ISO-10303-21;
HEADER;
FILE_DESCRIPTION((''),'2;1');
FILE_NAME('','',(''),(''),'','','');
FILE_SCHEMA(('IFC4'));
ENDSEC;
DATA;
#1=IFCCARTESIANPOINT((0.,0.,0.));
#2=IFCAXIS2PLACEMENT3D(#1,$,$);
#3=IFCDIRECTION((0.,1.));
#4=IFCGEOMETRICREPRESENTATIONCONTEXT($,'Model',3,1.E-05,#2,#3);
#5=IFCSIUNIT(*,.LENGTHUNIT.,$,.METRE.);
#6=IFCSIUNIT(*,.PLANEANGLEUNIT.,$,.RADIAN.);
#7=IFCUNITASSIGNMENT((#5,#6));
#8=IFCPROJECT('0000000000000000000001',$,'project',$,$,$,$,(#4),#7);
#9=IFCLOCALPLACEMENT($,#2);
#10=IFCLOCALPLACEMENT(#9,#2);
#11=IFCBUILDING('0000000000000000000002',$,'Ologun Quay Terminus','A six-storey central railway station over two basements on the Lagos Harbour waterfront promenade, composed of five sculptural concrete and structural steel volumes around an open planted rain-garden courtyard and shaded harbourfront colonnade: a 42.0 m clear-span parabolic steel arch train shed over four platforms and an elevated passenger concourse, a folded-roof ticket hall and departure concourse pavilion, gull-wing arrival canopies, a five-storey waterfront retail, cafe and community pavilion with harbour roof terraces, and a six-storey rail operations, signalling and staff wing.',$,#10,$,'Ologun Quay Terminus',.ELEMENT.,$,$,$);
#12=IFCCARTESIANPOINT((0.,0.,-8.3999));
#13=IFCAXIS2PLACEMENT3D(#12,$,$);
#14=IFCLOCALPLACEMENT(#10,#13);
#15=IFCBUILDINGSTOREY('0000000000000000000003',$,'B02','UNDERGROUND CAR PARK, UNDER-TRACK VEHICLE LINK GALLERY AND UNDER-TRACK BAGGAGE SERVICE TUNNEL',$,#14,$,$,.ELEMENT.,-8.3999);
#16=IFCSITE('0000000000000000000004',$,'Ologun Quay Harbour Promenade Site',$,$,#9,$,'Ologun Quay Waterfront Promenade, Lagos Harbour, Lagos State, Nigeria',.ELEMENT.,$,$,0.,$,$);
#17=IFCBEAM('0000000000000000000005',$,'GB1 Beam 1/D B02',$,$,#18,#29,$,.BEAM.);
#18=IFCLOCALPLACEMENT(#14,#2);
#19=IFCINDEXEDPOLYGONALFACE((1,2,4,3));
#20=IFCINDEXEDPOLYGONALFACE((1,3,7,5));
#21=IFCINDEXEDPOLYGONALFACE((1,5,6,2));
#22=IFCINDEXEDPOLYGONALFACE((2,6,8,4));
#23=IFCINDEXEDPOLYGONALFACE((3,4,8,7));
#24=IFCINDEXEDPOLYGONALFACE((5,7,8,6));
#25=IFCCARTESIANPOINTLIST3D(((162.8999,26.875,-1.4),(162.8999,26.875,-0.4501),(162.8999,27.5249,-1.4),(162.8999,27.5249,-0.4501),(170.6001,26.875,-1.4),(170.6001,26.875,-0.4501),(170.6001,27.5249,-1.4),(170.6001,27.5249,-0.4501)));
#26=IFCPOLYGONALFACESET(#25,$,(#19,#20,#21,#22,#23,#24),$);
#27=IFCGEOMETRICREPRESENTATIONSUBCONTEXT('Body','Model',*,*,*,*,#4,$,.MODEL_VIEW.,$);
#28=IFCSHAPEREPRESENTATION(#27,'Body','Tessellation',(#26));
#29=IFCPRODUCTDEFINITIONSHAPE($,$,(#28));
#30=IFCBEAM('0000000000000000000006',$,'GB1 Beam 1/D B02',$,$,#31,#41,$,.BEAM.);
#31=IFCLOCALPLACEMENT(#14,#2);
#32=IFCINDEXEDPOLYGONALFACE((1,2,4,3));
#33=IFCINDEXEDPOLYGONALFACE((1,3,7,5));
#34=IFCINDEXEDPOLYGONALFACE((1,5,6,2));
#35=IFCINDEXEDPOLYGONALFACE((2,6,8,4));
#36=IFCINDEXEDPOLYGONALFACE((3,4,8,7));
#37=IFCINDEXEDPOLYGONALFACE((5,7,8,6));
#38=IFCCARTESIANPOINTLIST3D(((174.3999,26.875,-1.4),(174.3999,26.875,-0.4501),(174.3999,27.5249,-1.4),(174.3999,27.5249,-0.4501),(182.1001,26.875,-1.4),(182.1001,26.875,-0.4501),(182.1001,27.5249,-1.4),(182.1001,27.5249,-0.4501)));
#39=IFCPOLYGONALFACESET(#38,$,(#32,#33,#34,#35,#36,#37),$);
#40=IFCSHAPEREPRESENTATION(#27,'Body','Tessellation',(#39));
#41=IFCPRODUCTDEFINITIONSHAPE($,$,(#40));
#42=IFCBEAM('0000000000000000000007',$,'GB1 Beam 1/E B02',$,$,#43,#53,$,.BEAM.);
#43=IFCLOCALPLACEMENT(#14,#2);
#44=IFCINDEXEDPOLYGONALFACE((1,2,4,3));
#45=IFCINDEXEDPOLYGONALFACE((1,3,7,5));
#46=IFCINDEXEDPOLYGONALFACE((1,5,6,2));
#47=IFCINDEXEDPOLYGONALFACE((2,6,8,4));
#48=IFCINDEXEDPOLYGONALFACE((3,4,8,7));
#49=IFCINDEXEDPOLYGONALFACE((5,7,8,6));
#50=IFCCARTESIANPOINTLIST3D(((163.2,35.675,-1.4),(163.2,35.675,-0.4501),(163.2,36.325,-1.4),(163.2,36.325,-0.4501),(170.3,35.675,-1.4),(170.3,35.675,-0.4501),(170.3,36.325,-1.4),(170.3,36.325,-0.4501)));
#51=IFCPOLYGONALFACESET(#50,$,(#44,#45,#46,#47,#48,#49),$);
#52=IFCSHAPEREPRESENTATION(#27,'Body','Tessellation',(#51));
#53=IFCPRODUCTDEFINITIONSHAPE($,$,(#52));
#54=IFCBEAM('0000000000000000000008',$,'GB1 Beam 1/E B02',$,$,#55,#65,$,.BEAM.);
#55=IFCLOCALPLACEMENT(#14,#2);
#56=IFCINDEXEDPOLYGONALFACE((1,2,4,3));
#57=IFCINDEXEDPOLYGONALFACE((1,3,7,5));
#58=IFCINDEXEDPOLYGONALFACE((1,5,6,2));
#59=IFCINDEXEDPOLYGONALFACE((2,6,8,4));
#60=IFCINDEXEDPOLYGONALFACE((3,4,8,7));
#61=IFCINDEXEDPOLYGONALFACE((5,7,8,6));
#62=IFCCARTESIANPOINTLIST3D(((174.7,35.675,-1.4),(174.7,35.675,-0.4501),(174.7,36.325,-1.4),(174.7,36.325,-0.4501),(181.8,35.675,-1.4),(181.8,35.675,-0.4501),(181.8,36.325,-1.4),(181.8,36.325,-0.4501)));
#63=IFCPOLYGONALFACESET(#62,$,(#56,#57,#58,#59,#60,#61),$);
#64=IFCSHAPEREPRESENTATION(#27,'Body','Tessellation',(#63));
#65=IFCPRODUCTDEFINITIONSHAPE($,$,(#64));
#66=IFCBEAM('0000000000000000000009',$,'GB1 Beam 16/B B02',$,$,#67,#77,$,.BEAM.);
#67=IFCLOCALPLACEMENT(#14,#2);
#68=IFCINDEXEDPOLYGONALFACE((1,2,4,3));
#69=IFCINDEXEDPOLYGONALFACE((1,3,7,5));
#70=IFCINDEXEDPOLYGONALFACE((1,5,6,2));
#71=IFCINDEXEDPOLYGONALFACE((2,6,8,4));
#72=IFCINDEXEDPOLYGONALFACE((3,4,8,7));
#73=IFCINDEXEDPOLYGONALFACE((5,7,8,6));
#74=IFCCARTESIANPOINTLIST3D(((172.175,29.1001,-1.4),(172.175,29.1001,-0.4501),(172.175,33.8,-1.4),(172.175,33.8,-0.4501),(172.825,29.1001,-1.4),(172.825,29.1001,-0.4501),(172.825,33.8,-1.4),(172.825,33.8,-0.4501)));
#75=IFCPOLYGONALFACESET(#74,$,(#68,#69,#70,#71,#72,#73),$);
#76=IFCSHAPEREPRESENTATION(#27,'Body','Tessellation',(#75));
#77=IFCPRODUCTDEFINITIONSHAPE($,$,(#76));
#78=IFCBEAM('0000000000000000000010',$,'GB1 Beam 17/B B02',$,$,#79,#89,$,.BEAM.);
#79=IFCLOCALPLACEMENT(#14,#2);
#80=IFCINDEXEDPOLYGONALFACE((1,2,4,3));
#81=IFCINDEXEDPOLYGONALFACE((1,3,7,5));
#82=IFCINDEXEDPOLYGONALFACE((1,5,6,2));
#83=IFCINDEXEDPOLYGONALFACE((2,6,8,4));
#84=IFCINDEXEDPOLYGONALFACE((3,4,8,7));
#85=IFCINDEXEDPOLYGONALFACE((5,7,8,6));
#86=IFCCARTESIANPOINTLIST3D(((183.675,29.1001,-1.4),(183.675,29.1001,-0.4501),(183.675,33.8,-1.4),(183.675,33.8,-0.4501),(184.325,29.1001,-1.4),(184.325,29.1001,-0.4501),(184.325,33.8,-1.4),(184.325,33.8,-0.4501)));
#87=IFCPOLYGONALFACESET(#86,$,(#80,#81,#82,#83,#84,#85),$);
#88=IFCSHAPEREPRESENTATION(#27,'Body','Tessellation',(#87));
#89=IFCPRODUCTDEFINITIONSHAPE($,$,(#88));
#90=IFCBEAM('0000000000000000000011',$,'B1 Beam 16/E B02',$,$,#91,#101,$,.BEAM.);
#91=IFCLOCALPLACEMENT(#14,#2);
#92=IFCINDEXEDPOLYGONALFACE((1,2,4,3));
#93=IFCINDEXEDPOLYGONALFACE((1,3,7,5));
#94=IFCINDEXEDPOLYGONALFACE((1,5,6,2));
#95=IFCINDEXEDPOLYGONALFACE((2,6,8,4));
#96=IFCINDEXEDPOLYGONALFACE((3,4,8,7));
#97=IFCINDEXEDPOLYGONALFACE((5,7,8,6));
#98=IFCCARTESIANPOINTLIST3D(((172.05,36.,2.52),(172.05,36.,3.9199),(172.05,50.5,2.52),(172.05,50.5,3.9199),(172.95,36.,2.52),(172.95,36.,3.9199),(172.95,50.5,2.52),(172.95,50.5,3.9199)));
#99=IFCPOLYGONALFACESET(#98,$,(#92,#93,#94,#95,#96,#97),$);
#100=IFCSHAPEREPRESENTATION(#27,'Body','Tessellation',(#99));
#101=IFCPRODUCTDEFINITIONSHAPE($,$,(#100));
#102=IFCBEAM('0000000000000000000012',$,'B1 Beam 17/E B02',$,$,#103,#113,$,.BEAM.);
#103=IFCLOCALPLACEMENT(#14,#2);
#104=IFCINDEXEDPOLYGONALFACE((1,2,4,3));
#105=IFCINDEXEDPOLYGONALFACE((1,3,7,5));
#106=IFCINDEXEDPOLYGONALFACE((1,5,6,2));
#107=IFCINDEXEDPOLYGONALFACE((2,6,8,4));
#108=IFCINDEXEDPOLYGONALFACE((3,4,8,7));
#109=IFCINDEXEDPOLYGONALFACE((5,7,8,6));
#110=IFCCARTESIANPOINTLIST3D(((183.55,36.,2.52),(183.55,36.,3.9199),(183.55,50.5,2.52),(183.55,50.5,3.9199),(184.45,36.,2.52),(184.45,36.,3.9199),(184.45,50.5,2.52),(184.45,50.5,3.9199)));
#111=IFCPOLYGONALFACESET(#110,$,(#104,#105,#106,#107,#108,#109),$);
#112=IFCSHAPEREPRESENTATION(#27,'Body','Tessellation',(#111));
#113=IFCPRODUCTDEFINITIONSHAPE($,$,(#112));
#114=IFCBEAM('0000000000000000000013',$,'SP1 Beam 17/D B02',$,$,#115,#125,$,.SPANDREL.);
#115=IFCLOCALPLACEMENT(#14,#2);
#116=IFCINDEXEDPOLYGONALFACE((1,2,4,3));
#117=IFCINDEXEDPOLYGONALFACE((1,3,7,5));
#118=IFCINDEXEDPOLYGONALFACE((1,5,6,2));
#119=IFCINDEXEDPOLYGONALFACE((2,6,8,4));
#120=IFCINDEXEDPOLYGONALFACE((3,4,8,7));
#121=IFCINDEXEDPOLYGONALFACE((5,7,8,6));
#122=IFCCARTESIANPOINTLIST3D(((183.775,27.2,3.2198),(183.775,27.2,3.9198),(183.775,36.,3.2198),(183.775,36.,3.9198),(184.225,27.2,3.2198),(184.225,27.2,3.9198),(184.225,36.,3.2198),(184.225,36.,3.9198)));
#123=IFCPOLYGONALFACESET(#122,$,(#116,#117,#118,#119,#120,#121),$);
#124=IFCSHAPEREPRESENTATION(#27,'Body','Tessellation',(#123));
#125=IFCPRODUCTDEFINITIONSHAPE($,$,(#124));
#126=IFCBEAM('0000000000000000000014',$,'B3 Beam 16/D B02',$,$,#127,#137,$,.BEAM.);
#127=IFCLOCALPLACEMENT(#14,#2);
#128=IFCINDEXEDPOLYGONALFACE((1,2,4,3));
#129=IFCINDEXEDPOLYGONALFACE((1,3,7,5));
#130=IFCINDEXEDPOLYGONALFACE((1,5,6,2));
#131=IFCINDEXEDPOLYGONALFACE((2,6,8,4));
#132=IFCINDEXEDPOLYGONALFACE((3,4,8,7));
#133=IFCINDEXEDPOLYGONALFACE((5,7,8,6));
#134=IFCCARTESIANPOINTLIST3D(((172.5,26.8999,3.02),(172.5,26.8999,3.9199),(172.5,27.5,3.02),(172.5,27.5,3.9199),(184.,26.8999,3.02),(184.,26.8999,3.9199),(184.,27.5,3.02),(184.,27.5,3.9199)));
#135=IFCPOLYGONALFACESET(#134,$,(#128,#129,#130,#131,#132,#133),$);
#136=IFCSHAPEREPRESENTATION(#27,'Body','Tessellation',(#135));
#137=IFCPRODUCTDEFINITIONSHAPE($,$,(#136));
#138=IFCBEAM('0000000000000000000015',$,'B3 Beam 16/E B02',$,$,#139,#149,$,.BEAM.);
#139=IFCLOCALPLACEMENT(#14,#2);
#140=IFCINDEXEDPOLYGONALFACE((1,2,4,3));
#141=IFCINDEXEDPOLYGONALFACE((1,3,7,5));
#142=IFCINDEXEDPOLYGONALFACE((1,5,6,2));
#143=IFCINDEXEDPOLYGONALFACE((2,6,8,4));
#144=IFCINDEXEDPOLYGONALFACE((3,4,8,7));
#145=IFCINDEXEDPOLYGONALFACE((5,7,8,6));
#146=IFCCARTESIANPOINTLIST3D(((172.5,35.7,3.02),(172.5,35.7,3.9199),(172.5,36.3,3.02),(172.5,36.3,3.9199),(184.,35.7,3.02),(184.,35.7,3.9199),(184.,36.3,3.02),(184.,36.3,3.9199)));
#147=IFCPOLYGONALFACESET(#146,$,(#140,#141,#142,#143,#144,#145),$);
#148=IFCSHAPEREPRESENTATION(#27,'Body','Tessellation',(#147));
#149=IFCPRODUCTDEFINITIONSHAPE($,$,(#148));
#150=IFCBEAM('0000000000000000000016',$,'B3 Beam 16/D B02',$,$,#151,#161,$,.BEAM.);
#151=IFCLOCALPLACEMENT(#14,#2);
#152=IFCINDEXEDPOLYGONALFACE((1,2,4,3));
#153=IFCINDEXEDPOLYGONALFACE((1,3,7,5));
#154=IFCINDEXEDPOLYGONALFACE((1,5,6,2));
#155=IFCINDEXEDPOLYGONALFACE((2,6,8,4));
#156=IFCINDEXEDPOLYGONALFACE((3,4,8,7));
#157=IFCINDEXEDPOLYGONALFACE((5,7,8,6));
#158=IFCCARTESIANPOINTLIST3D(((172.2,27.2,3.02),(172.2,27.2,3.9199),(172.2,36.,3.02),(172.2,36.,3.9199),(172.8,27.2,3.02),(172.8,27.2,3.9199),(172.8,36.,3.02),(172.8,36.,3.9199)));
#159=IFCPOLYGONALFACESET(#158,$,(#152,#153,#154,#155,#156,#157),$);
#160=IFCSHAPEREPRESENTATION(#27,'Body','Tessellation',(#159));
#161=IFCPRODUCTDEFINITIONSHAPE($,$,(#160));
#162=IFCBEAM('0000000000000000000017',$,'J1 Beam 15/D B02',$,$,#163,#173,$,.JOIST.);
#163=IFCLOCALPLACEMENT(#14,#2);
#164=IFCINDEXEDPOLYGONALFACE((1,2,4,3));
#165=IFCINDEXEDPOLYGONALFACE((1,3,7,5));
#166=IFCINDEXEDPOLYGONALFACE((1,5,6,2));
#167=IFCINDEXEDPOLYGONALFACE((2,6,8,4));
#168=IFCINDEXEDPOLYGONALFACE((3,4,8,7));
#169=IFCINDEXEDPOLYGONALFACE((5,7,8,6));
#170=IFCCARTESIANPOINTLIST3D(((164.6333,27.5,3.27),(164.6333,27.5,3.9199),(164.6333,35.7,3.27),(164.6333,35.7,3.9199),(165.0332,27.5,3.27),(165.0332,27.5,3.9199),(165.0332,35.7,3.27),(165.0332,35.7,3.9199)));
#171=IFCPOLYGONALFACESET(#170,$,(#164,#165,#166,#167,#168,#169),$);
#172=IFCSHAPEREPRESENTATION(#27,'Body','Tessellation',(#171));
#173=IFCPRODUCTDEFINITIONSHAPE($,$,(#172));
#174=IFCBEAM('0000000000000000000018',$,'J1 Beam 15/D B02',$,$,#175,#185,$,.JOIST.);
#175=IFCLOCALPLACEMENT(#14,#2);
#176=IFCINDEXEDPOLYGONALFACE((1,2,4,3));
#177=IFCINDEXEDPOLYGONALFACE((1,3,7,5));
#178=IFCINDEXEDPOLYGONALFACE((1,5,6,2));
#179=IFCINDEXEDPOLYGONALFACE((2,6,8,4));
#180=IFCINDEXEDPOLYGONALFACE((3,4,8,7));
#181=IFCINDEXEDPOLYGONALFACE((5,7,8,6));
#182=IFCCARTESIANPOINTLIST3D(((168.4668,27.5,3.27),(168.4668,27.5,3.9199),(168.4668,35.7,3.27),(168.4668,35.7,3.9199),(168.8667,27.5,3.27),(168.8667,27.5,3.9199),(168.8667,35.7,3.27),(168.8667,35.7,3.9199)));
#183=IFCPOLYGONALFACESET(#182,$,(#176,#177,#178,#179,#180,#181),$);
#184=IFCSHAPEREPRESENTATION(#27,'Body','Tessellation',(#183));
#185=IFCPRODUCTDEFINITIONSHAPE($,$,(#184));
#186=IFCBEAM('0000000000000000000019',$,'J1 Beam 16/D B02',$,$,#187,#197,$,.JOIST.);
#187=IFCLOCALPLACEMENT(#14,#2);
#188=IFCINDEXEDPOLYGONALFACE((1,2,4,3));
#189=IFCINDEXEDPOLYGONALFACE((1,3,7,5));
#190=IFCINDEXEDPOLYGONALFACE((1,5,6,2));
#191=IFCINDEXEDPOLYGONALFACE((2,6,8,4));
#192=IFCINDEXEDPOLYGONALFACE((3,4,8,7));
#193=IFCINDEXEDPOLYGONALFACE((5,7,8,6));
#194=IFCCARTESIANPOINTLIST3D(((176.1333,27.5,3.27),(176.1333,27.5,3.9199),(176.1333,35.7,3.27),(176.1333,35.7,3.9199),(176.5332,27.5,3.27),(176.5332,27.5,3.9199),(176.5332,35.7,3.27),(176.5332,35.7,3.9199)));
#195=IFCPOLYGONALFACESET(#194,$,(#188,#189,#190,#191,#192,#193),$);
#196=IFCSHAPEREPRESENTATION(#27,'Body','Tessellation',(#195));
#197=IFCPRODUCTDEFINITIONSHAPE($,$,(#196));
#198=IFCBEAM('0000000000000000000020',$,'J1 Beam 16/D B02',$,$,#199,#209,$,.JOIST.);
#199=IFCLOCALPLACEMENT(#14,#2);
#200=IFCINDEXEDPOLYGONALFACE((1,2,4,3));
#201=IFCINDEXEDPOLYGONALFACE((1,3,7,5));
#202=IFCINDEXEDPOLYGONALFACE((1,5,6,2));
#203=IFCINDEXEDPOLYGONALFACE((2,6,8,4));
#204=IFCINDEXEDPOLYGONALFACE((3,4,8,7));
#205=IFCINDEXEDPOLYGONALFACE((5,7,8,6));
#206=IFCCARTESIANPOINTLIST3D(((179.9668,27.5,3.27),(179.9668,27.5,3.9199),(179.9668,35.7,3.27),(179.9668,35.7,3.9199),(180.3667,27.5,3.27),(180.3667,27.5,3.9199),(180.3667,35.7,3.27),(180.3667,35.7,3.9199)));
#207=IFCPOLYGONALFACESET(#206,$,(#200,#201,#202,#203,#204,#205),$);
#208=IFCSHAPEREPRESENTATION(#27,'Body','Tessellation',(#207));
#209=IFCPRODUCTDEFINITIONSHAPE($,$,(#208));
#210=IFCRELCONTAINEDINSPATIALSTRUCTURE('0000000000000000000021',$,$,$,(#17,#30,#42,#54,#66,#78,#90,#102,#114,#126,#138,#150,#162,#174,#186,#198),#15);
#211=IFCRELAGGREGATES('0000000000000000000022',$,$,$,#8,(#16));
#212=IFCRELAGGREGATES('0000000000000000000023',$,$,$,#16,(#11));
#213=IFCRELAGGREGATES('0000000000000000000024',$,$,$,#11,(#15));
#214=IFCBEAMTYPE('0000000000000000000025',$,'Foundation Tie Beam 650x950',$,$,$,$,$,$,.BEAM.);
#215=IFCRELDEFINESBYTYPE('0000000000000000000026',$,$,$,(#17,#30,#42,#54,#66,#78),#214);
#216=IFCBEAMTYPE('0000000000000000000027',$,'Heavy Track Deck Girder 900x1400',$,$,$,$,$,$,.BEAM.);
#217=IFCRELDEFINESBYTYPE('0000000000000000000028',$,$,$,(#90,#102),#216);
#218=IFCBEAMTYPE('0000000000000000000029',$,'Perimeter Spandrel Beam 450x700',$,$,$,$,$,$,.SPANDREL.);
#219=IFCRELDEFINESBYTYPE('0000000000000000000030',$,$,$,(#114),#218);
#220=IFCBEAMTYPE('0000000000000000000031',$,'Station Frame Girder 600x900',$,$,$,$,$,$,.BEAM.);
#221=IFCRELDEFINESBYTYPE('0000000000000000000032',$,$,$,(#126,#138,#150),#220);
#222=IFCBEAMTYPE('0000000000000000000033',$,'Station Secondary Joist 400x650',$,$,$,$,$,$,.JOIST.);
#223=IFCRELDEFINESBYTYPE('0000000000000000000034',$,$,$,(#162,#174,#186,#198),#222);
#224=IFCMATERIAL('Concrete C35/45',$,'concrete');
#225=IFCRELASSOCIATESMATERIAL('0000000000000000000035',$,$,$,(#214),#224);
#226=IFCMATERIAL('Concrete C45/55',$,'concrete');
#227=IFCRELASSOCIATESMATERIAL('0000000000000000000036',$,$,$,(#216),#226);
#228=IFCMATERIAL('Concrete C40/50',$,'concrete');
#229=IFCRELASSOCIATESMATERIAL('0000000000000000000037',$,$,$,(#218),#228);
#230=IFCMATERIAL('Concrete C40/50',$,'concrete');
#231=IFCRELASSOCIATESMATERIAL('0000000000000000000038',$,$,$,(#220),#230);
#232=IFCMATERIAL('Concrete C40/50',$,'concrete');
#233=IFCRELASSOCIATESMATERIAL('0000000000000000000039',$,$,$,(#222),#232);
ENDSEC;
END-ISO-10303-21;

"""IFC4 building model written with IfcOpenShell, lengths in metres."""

from ifc_helpers import new_model, si_unit, direction, frame, origin, origin_2d, place, context, subcontext, project, spatial, rectangle, extrude, material, material_profile, profile_set, type_object, element, save


model = new_model("IFC4")

# Units and contexts
model_context = context("Model", 3, precision=1e-05, world=origin(), true_north=direction((0.0, 1.0)))
body_context = subcontext(model_context, "Body", "Model", "MODEL_VIEW")
ifc_project = project(units=[si_unit("LENGTHUNIT", "METRE"), si_unit("PLANEANGLEUNIT", "RADIAN")], contexts=[model_context])

# Site, building, storey
site_placement = place(None, origin())
site = spatial("IfcSite", under=ifc_project, at=site_placement, Name="Ologun Quay Harbour Promenade Site", LongName="Ologun Quay Waterfront Promenade, Lagos Harbour, Lagos State, Nigeria", CompositionType="ELEMENT", RefElevation=0.0)
building_placement = place(site_placement, origin())
building = spatial("IfcBuilding", under=site, at=building_placement, Name="Ologun Quay Terminus", Description="A six-storey central railway station over two basements on the Lagos Harbour waterfront promenade, composed of five sculptural concrete and structural steel volumes around an open planted rain-garden courtyard and shaded harbourfront colonnade: a 42.0 m clear-span parabolic steel arch train shed over four platforms and an elevated passenger concourse, a folded-roof ticket hall and departure concourse pavilion, gull-wing arrival canopies, a five-storey waterfront retail, cafe and community pavilion with harbour roof terraces, and a six-storey rail operations, signalling and staff wing.", LongName="Ologun Quay Terminus", CompositionType="ELEMENT")
storey_placement = place(building_placement, frame((0.0, 0.0, -8.3999)))
storey = spatial("IfcBuildingStorey", under=building, at=storey_placement, Name="B02", Description="UNDERGROUND CAR PARK, UNDER-TRACK VEHICLE LINK GALLERY AND UNDER-TRACK BAGGAGE SERVICE TUNNEL", CompositionType="ELEMENT", Elevation=-8.3999)

# Beams
ifc_material_1 = material(Name="Concrete C35/45", Category="concrete")
ifc_material_profile_1 = material_profile(ifc_material_1, rectangle(XDim=0.6499, YDim=0.95, at=origin_2d()), Name="RC 650x950")
ifc_profile_set_1 = profile_set([ifc_material_profile_1], Name="Concrete C35/45")
beam_type_1 = type_object("IfcBeamType", Name="Foundation Tie Beam 650x950", PredefinedType="BEAM", material=ifc_profile_set_1)
for number, where, z_axis, x_axis, name in (
    (1, (162.8999, 27.2, -0.925), (1.0, 0.0, 0.0), (0.0, 1.0, 0.0), "GB1 Beam 1/D B02"),
    (2, (174.3999, 27.2, -0.925), (1.0, 0.0, 0.0), (0.0, 1.0, 0.0), "GB1 Beam 1/D B02"),
):
    element("IfcBeam", number, at=place(storey_placement, frame(where, z_axis=z_axis, x_axis=x_axis)), inside=storey, type_object=beam_type_1, Name=name, PredefinedType="BEAM", context=body_context, shape_type="SweptSolid", body=[
        extrude(rectangle(XDim=0.6499, YDim=0.95, at=origin_2d()), origin(), (0.0, 0.0, 1.0), 7.7002),
    ])
for number, where, z_axis, x_axis, name in (
    (3, (163.2, 36.0, -0.925), (1.0, 0.0, 0.0), (0.0, 1.0, 0.0), "GB1 Beam 1/E B02"),
    (4, (174.7, 36.0, -0.925), (1.0, 0.0, 0.0), (0.0, 1.0, 0.0), "GB1 Beam 1/E B02"),
):
    element("IfcBeam", number, at=place(storey_placement, frame(where, z_axis=z_axis, x_axis=x_axis)), inside=storey, type_object=beam_type_1, Name=name, PredefinedType="BEAM", context=body_context, shape_type="SweptSolid", body=[
        extrude(rectangle(XDim=0.6499, YDim=0.95, at=origin_2d()), origin(), (0.0, 0.0, 1.0), 7.1001),
    ])
for number, where, z_axis, x_axis, name in (
    (5, (172.5, 29.1001, -0.925), (0.0, 1.0, 0.0), (-1.0, 0.0, 0.0), "GB1 Beam 16/B B02"),
    (6, (184.0, 29.1001, -0.925), (0.0, 1.0, 0.0), (-1.0, 0.0, 0.0), "GB1 Beam 17/B B02"),
):
    element("IfcBeam", number, at=place(storey_placement, frame(where, z_axis=z_axis, x_axis=x_axis)), inside=storey, type_object=beam_type_1, Name=name, PredefinedType="BEAM", context=body_context, shape_type="SweptSolid", body=[
        extrude(rectangle(XDim=0.6499, YDim=0.95, at=origin_2d()), origin(), (0.0, 0.0, 1.0), 4.7),
    ])
ifc_material_2 = material(Name="Concrete C45/55", Category="concrete")
ifc_material_profile_2 = material_profile(ifc_material_2, rectangle(XDim=0.8999, YDim=1.3999, at=origin_2d()), Name="RC 900x1400")
ifc_profile_set_2 = profile_set([ifc_material_profile_2], Name="Concrete C45/55")
beam_type_2 = type_object("IfcBeamType", Name="Heavy Track Deck Girder 900x1400", PredefinedType="BEAM", material=ifc_profile_set_2)
for number, where, z_axis, x_axis, name in (
    (7, (172.5, 36.0, 3.22), (0.0, 1.0, 0.0), (-1.0, 0.0, 0.0), "B1 Beam 16/E B02"),
    (8, (184.0, 36.0, 3.22), (0.0, 1.0, 0.0), (-1.0, 0.0, 0.0), "B1 Beam 17/E B02"),
):
    element("IfcBeam", number, at=place(storey_placement, frame(where, z_axis=z_axis, x_axis=x_axis)), inside=storey, type_object=beam_type_2, Name=name, PredefinedType="BEAM", context=body_context, shape_type="SweptSolid", body=[
        extrude(rectangle(XDim=0.8999, YDim=1.3999, at=origin_2d()), origin(), (0.0, 0.0, 1.0), 14.5),
    ])
ifc_material_3 = material(Name="Concrete C40/50", Category="concrete")
ifc_material_profile_3 = material_profile(ifc_material_3, rectangle(XDim=0.45, YDim=0.7, at=origin_2d()), Name="RC 450x700")
ifc_profile_set_3 = profile_set([ifc_material_profile_3], Name="Concrete C40/50")
beam_type_3 = type_object("IfcBeamType", Name="Perimeter Spandrel Beam 450x700", PredefinedType="SPANDREL", material=ifc_profile_set_3)
beam_1_placement = place(storey_placement, frame((184.0, 27.2, 3.5698), z_axis=(0.0, 1.0, 0.0), x_axis=(-1.0, 0.0, 0.0)))
element("IfcBeam", 9, at=beam_1_placement, inside=storey, type_object=beam_type_3, Name="SP1 Beam 17/D B02", PredefinedType="SPANDREL", context=body_context, shape_type="SweptSolid", body=[
    extrude(rectangle(XDim=0.45, YDim=0.7, at=origin_2d()), origin(), (0.0, 0.0, 1.0), 8.8),
])
ifc_material_4 = material(Name="Concrete C40/50", Category="concrete")
ifc_material_profile_4 = material_profile(ifc_material_4, rectangle(XDim=0.6001, YDim=0.8999, at=origin_2d()), Name="RC 600x900")
ifc_profile_set_4 = profile_set([ifc_material_profile_4], Name="Concrete C40/50")
beam_type_4 = type_object("IfcBeamType", Name="Station Frame Girder 600x900", PredefinedType="BEAM", material=ifc_profile_set_4)
for number, where, z_axis, x_axis, name in (
    (10, (172.5, 27.2, 3.47), (1.0, 0.0, 0.0), (0.0, 1.0, 0.0), "B3 Beam 16/D B02"),
    (11, (172.5, 36.0, 3.47), (1.0, 0.0, 0.0), (0.0, 1.0, 0.0), "B3 Beam 16/E B02"),
):
    element("IfcBeam", number, at=place(storey_placement, frame(where, z_axis=z_axis, x_axis=x_axis)), inside=storey, type_object=beam_type_4, Name=name, PredefinedType="BEAM", context=body_context, shape_type="SweptSolid", body=[
        extrude(rectangle(XDim=0.6001, YDim=0.8999, at=origin_2d()), origin(), (0.0, 0.0, 1.0), 11.5),
    ])
beam_2_placement = place(storey_placement, frame((172.5, 27.2, 3.47), z_axis=(0.0, 1.0, 0.0), x_axis=(-1.0, 0.0, 0.0)))
element("IfcBeam", 12, at=beam_2_placement, inside=storey, type_object=beam_type_4, Name="B3 Beam 16/D B02", PredefinedType="BEAM", context=body_context, shape_type="SweptSolid", body=[
    extrude(rectangle(XDim=0.6001, YDim=0.8999, at=origin_2d()), origin(), (0.0, 0.0, 1.0), 8.8),
])
ifc_material_5 = material(Name="Concrete C40/50", Category="concrete")
ifc_material_profile_5 = material_profile(ifc_material_5, rectangle(XDim=0.3999, YDim=0.6499, at=origin_2d()), Name="RC 400x650")
ifc_profile_set_5 = profile_set([ifc_material_profile_5], Name="Concrete C40/50")
beam_type_5 = type_object("IfcBeamType", Name="Station Secondary Joist 400x650", PredefinedType="JOIST", material=ifc_profile_set_5)
for number, where, z_axis, x_axis, name in (
    (13, (164.8333, 27.5, 3.595), (0.0, 1.0, 0.0), (-1.0, 0.0, 0.0), "J1 Beam 15/D B02"),
    (14, (168.6667, 27.5, 3.595), (0.0, 1.0, 0.0), (-1.0, 0.0, 0.0), "J1 Beam 15/D B02"),
    (15, (176.3333, 27.5, 3.595), (0.0, 1.0, 0.0), (-1.0, 0.0, 0.0), "J1 Beam 16/D B02"),
    (16, (180.1667, 27.5, 3.595), (0.0, 1.0, 0.0), (-1.0, 0.0, 0.0), "J1 Beam 16/D B02"),
):
    element("IfcBeam", number, at=place(storey_placement, frame(where, z_axis=z_axis, x_axis=x_axis)), inside=storey, type_object=beam_type_5, Name=name, PredefinedType="JOIST", context=body_context, shape_type="SweptSolid", body=[
        extrude(rectangle(XDim=0.3999, YDim=0.6499, at=origin_2d()), origin(), (0.0, 0.0, 1.0), 8.2),
    ])

save(model, "model.ifc")
